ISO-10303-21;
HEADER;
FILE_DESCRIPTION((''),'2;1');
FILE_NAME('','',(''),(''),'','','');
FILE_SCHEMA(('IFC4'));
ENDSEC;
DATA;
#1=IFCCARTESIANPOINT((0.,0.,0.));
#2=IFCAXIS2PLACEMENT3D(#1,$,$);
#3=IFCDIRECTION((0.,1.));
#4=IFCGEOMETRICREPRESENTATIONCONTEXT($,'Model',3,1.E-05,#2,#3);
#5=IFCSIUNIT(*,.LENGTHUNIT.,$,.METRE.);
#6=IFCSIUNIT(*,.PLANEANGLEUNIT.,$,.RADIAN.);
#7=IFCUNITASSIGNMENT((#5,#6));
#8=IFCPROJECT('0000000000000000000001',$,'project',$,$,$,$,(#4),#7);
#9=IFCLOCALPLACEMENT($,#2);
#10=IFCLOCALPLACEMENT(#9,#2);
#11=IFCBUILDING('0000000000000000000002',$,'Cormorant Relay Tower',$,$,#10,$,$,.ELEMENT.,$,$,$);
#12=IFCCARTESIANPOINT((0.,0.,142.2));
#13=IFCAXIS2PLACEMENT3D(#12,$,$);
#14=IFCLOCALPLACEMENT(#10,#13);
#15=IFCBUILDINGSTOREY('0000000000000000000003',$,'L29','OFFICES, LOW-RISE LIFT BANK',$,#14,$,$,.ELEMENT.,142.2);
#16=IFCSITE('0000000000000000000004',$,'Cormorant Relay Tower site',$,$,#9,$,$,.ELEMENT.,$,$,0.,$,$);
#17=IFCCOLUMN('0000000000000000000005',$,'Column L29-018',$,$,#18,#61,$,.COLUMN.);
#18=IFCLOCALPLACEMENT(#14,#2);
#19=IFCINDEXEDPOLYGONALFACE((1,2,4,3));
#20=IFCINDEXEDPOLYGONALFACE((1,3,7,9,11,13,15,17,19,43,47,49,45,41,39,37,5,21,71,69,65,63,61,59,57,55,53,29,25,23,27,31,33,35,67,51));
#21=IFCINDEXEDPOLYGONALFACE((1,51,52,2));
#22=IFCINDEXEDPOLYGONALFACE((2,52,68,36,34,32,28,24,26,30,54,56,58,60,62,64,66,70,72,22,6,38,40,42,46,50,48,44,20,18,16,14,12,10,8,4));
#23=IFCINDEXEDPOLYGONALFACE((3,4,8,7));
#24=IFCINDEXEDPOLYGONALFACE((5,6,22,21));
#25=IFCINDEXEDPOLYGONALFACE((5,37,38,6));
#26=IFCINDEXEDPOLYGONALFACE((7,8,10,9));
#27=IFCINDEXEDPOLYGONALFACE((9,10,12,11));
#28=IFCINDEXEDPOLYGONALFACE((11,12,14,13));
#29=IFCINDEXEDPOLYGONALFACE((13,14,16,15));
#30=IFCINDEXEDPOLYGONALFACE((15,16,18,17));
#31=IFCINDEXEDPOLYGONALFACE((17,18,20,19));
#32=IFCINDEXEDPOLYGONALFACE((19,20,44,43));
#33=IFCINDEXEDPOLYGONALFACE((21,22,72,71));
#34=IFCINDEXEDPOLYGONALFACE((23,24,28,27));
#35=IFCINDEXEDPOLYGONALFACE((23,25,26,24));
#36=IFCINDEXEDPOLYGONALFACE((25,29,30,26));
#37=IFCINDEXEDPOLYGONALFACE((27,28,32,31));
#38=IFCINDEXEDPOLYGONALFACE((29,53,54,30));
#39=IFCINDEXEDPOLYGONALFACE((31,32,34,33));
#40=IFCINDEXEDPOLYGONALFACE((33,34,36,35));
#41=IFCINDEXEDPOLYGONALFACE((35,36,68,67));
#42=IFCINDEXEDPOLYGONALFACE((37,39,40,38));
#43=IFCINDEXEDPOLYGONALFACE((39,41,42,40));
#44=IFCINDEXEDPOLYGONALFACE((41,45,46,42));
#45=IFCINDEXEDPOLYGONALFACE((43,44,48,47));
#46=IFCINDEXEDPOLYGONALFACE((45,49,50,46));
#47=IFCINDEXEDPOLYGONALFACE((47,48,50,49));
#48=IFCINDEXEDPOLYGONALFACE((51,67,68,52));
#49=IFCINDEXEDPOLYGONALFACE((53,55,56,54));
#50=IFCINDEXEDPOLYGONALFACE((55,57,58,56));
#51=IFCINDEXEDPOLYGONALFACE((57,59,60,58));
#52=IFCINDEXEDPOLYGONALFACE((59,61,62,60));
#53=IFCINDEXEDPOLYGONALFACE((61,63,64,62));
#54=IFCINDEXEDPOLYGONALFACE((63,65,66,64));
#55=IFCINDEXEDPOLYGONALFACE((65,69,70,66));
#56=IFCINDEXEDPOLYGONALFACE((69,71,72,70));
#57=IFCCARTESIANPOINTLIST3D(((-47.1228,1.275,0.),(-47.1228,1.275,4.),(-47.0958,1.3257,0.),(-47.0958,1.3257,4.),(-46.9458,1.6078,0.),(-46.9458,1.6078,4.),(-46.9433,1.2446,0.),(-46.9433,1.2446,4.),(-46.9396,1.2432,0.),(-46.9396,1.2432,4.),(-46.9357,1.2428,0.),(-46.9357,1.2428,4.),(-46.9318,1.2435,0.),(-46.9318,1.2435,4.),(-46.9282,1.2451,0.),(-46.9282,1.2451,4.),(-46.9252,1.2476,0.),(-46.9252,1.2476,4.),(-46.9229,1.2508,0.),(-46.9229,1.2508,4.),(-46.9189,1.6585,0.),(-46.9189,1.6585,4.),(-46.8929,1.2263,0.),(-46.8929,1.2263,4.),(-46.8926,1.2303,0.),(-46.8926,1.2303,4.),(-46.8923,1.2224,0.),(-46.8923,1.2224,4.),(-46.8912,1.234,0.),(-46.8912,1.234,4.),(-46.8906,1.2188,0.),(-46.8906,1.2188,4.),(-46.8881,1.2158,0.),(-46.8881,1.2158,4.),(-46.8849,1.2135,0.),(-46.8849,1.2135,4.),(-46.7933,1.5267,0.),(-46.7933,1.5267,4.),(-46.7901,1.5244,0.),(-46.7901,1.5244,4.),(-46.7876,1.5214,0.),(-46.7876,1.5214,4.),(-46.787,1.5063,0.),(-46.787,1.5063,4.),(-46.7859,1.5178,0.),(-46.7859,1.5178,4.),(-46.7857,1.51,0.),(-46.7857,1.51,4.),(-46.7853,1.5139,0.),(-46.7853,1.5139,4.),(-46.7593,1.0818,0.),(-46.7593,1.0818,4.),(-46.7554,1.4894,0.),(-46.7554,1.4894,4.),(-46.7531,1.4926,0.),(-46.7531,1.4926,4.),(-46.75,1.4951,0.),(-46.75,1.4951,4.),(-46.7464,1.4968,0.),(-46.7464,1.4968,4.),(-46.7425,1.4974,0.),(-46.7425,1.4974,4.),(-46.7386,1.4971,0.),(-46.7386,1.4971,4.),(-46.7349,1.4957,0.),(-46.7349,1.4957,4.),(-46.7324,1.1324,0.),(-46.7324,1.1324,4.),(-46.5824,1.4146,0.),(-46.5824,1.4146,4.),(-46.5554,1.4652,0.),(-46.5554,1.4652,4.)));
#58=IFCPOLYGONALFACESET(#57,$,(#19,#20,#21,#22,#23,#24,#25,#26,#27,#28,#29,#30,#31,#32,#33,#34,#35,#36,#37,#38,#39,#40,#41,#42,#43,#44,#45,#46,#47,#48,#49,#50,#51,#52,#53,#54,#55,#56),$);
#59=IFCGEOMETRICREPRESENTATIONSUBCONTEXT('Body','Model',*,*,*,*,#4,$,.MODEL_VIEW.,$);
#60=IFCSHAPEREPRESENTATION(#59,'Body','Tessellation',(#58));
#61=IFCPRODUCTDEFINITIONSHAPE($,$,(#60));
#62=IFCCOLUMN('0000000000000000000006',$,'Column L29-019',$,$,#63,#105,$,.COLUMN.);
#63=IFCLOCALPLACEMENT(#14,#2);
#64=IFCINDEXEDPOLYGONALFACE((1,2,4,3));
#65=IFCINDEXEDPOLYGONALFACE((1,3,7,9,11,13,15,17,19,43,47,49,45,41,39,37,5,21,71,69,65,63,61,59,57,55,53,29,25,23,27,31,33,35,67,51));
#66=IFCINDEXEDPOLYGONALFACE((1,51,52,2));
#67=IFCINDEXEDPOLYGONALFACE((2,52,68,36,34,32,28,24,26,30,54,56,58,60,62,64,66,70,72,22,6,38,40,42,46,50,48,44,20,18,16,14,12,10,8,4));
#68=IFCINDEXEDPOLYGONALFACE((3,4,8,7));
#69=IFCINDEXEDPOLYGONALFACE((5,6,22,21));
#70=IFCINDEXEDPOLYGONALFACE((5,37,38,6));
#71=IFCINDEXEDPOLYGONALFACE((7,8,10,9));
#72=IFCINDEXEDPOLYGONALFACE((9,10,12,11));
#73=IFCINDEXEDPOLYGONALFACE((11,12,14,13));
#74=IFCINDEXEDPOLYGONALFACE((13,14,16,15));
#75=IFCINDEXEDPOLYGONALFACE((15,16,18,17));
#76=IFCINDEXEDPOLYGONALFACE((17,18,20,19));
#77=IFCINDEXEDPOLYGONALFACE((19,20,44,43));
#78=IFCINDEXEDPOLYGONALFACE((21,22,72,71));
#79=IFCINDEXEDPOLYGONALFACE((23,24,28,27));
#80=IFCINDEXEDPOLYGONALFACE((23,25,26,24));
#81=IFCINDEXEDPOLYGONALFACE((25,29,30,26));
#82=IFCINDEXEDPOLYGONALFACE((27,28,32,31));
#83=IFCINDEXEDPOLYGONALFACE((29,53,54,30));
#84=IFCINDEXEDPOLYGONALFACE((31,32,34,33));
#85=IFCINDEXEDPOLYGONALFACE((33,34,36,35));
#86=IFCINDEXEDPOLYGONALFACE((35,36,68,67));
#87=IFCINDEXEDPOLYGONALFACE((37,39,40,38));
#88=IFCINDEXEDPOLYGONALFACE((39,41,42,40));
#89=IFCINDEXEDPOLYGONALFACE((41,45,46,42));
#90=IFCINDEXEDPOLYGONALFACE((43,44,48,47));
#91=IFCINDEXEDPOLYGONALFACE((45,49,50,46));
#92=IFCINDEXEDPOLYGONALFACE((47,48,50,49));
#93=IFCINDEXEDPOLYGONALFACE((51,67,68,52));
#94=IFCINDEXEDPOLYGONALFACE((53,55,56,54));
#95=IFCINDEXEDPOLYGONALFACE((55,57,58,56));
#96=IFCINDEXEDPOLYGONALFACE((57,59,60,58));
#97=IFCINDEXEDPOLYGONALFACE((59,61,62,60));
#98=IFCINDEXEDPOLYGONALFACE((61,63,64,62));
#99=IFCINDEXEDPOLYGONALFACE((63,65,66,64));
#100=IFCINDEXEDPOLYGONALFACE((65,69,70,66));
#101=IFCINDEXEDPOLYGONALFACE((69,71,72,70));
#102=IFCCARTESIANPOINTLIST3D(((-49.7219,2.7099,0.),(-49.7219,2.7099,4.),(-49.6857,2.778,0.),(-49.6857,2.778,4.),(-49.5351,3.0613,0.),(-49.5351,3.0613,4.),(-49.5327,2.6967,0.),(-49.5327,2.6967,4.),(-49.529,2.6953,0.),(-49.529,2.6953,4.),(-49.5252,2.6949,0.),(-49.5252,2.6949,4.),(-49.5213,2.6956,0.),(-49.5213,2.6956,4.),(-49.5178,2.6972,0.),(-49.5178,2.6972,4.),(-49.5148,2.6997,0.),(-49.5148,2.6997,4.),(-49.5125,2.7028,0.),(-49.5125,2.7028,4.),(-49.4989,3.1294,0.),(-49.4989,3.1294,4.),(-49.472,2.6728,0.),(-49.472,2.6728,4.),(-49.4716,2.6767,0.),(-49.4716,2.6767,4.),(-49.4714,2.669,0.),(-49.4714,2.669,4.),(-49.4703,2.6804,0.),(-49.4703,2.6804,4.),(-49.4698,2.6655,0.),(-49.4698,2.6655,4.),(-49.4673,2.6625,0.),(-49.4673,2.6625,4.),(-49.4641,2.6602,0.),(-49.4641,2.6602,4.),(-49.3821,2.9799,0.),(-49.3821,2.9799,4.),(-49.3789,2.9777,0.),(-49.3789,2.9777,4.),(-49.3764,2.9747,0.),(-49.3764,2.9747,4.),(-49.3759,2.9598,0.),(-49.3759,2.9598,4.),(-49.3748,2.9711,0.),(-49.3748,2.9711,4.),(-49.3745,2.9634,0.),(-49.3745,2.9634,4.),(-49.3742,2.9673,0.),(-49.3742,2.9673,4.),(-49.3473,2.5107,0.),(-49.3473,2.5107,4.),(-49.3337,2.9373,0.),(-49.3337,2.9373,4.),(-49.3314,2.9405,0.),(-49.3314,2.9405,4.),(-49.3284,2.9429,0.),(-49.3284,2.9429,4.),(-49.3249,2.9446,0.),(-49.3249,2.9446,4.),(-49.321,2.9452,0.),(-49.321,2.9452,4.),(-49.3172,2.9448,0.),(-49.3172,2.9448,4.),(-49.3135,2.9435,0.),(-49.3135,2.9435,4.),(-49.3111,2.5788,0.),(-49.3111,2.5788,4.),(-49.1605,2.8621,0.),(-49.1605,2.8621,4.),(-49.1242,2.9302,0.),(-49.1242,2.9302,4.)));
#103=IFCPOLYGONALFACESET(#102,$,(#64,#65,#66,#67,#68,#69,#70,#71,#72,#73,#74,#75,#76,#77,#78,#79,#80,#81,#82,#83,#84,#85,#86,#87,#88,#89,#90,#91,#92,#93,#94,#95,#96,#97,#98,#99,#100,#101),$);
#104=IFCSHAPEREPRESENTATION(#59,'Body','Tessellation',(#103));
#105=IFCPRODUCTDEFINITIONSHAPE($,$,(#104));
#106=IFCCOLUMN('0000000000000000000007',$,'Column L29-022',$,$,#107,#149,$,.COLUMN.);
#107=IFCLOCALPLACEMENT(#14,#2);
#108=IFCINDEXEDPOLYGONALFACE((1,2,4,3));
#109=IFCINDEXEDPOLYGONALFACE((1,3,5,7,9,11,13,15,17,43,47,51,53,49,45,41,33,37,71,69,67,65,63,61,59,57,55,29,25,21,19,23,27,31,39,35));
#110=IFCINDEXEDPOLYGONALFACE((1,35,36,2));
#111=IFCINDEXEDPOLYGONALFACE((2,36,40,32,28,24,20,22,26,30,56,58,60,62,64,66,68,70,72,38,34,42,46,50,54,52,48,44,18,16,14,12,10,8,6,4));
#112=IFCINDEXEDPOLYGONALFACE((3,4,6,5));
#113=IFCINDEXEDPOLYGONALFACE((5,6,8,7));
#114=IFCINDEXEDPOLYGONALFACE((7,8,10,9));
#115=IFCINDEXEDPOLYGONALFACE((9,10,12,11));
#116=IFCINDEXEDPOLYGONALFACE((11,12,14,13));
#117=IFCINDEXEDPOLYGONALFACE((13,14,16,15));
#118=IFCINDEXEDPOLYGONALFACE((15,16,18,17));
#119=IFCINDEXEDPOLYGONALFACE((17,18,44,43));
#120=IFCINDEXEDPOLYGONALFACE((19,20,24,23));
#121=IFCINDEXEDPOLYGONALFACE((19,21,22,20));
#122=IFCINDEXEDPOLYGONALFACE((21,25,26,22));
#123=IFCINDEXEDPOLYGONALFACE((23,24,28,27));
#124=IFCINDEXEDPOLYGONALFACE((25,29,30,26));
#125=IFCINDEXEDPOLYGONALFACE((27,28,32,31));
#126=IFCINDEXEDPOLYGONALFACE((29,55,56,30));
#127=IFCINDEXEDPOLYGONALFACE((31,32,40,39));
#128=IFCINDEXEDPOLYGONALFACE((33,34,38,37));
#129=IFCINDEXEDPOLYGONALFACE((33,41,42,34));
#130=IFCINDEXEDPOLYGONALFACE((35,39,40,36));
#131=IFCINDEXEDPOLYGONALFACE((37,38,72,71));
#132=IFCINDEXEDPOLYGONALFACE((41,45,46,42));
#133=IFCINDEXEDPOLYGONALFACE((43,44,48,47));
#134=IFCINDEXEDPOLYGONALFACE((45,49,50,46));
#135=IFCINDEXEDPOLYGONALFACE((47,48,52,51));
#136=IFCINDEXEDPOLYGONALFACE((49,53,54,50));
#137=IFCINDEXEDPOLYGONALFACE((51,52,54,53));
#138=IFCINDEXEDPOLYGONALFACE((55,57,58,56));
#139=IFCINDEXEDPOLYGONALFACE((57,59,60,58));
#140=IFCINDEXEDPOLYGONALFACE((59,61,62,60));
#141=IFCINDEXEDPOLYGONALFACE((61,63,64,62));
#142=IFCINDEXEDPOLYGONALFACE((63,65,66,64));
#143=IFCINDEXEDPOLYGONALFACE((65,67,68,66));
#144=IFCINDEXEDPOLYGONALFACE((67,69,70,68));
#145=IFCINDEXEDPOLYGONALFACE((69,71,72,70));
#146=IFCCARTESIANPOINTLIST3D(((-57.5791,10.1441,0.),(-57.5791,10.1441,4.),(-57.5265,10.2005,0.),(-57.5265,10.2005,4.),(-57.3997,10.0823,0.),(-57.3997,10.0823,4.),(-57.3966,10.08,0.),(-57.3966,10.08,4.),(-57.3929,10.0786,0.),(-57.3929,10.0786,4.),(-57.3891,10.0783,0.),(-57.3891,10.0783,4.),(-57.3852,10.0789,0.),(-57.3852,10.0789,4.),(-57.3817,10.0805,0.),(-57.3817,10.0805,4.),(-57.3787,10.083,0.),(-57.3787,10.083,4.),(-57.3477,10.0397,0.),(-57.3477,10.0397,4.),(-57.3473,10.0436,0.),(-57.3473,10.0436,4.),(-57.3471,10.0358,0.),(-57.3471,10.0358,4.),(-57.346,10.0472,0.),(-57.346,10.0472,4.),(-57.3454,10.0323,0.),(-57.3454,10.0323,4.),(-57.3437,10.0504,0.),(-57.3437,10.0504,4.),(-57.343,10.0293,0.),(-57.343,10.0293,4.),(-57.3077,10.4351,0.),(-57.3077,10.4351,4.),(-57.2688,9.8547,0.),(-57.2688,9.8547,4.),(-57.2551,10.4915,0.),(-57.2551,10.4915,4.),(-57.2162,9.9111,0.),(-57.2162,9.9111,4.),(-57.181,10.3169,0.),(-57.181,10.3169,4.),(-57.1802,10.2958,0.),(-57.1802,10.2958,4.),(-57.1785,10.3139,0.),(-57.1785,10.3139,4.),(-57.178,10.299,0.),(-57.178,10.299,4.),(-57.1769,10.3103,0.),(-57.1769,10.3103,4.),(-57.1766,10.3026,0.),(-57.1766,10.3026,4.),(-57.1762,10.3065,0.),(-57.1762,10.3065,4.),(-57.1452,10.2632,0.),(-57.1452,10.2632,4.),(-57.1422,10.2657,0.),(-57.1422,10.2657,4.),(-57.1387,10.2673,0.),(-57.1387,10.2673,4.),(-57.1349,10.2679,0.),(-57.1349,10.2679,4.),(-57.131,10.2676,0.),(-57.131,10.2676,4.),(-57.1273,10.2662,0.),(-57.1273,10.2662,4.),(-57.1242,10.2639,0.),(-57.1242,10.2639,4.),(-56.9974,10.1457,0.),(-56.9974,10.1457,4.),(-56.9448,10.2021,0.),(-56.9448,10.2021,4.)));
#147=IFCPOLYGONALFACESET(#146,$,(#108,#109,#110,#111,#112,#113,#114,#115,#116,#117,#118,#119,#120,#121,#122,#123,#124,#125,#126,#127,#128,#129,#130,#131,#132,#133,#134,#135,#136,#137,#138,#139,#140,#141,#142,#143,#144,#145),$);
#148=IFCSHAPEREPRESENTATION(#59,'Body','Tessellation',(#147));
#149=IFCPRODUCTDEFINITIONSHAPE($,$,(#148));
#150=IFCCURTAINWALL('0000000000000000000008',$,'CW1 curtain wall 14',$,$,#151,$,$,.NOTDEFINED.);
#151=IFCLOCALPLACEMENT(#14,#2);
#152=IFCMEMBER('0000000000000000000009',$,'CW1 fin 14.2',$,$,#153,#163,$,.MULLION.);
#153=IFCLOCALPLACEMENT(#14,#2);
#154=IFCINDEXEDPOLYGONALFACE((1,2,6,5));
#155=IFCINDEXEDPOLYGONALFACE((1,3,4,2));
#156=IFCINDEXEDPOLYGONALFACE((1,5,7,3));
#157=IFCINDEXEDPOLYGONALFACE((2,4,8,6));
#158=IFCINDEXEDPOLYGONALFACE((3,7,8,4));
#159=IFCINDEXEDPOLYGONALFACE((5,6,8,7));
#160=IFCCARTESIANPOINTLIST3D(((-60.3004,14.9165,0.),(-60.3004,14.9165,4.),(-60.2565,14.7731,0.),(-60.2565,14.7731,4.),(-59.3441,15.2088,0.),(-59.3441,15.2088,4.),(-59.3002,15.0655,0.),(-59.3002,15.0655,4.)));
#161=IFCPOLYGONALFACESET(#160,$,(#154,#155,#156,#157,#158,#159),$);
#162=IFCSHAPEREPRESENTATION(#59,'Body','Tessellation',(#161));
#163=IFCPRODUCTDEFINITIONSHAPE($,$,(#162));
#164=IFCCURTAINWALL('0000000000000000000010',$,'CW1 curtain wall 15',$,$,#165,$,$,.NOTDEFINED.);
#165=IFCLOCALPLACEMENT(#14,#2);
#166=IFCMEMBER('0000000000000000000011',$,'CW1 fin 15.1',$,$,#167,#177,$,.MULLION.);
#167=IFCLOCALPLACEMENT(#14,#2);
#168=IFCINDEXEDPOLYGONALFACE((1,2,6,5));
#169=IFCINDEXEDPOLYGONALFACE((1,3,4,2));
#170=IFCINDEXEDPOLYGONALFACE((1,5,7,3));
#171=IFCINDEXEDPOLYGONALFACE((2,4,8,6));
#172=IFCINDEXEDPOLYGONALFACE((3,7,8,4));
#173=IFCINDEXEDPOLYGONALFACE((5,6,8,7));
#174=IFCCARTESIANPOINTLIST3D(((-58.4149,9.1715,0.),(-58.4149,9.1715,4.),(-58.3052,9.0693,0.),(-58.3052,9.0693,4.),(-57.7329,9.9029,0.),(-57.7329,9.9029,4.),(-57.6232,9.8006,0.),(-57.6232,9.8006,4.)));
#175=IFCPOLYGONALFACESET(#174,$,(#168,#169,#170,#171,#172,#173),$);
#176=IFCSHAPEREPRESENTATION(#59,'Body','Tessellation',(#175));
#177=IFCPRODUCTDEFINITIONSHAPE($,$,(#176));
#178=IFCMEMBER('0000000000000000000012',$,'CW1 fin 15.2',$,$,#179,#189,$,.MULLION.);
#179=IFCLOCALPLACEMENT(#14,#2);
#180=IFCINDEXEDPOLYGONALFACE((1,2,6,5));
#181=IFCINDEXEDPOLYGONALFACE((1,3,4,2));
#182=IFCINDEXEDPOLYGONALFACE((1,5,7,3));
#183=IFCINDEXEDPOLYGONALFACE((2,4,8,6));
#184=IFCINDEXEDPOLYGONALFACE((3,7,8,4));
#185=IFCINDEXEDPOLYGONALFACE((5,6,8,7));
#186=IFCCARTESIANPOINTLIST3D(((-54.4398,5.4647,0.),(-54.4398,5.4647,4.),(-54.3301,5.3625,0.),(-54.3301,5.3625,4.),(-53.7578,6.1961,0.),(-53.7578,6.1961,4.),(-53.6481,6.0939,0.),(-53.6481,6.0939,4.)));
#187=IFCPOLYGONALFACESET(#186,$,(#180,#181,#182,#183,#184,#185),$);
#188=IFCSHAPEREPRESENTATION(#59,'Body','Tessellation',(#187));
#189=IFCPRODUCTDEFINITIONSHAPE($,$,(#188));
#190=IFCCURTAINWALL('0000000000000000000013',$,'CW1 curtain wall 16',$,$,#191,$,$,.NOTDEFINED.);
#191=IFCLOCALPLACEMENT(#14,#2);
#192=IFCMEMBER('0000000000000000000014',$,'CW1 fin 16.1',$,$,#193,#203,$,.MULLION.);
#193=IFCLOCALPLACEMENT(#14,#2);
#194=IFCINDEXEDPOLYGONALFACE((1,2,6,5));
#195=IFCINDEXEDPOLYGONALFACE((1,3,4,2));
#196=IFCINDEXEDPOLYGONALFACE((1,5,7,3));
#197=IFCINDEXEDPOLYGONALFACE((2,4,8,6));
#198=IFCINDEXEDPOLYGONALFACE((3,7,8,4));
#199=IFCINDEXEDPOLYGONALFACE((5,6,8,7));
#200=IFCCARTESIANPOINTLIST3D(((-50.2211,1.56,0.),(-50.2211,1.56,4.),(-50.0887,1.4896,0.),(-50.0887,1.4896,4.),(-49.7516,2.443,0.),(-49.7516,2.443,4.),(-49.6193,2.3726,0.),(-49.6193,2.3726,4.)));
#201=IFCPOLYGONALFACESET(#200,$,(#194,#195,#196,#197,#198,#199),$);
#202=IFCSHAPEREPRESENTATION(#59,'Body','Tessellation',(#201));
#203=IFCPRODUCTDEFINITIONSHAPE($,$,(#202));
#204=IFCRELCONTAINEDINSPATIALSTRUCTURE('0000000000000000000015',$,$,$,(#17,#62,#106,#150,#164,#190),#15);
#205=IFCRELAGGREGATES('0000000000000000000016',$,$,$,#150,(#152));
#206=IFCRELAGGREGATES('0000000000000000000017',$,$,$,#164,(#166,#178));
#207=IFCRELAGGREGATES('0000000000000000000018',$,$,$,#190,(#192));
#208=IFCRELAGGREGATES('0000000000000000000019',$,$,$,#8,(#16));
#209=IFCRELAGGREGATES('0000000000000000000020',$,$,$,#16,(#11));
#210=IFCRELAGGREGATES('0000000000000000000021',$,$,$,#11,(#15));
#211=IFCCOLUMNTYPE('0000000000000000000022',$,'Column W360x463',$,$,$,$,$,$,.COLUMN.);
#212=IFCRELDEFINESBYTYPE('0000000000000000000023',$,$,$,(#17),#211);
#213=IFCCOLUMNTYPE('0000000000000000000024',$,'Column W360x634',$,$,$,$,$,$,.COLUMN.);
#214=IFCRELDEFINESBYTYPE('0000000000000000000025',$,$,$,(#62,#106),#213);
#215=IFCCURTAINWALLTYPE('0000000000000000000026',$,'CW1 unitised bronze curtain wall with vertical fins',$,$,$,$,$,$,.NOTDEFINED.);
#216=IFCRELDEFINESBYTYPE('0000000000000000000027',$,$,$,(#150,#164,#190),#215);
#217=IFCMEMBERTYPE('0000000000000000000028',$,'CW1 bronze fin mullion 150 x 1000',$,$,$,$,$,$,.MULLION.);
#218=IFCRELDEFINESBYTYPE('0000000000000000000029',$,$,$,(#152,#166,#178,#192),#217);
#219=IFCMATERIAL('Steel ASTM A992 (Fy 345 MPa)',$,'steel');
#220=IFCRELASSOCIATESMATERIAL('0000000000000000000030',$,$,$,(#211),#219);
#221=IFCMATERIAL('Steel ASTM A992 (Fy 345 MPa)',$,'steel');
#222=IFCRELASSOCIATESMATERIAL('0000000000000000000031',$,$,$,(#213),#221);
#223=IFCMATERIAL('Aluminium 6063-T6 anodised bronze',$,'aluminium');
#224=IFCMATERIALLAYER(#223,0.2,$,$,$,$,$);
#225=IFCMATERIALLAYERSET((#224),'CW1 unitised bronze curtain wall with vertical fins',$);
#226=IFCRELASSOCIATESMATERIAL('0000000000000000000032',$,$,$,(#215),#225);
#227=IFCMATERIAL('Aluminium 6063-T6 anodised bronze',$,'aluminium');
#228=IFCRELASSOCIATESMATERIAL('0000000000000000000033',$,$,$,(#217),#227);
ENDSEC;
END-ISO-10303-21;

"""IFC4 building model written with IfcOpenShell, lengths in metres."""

from ifc_helpers import new_model, si_unit, direction, frame, origin, origin_2d, place, context, subcontext, project, spatial, rectangle, i_section, extrude, material, layer, layer_set, material_profile, profile_set, type_object, element, aggregate, save


model = new_model("IFC4")

# Units and contexts
model_context = context("Model", 3, precision=1e-05, world=origin(), true_north=direction((0.0, 1.0)))
body_context = subcontext(model_context, "Body", "Model", "MODEL_VIEW")
ifc_project = project(units=[si_unit("LENGTHUNIT", "METRE"), si_unit("PLANEANGLEUNIT", "RADIAN")], contexts=[model_context])

# Site, building, storey
site_placement = place(None, origin())
site = spatial("IfcSite", under=ifc_project, at=site_placement, Name="Cormorant Relay Tower site", CompositionType="ELEMENT", RefElevation=0.0)
building_placement = place(site_placement, origin())
building = spatial("IfcBuilding", under=site, at=building_placement, Name="Cormorant Relay Tower", CompositionType="ELEMENT")
storey_placement = place(building_placement, frame((0.0, 0.0, 142.2)))
storey = spatial("IfcBuildingStorey", under=building, at=storey_placement, Name="L29", Description="OFFICES, LOW-RISE LIFT BANK", CompositionType="ELEMENT", Elevation=142.2)

# Columns
ifc_material_1 = material(Name="Steel ASTM A992 (Fy 345 MPa)", Category="steel")
ifc_material_profile_1 = material_profile(ifc_material_1, i_section(OverallWidth=0.4116, OverallDepth=0.4343, WebThickness=0.0359, FlangeThickness=0.0574, FilletRadius=0.0151, at=origin_2d()), Name="W360x463")
ifc_profile_set_1 = profile_set([ifc_material_profile_1], Name="Steel ASTM A992 (Fy 345 MPa)")
column_type_1 = type_object("IfcColumnType", Name="Column W360x463", PredefinedType="COLUMN", material=ifc_profile_set_1)
column_placement = place(storey_placement, frame((-46.8391, 1.3701, 0.0), z_axis=(0.0, 0.0, 1.0), x_axis=(0.882948, -0.469472, 0.0)))
element("IfcColumn", 1, at=column_placement, inside=storey, type_object=column_type_1, Name="Column L29-018", PredefinedType="COLUMN", context=body_context, shape_type="SweptSolid", body=[
    extrude(i_section(OverallWidth=0.4116, OverallDepth=0.4343, WebThickness=0.0359, FlangeThickness=0.0574, FilletRadius=0.0151, at=origin_2d()), origin(), (0.0, 0.0, 1.0), 4.0),
])
ifc_material_2 = material(Name="Steel ASTM A992 (Fy 345 MPa)", Category="steel")
ifc_material_profile_2 = material_profile(ifc_material_2, i_section(OverallWidth=0.4243, OverallDepth=0.4751, WebThickness=0.0479, FlangeThickness=0.0771, FilletRadius=0.0149, at=origin_2d()), Name="W360x634")
ifc_profile_set_2 = profile_set([ifc_material_profile_2], Name="Steel ASTM A992 (Fy 345 MPa)")
column_type_2 = type_object("IfcColumnType", Name="Column W360x634", PredefinedType="COLUMN", material=ifc_profile_set_2)
for number, where, z_axis, x_axis, name in (
    (2, (-49.4231, 2.8201, 0.0), (0.0, 0.0, 1.0), (0.882948, -0.469472, 0.0), "Column L29-019"),
    (3, (-57.262, 10.1731, 0.0), (0.0, 0.0, 1.0), (0.731354, -0.681998, 0.0), "Column L29-022"),
):
    element("IfcColumn", number, at=place(storey_placement, frame(where, z_axis=z_axis, x_axis=x_axis)), inside=storey, type_object=column_type_2, Name=name, PredefinedType="COLUMN", context=body_context, shape_type="SweptSolid", body=[
        extrude(i_section(OverallWidth=0.4243, OverallDepth=0.4751, WebThickness=0.0479, FlangeThickness=0.0771, FilletRadius=0.0149, at=origin_2d()), origin(), (0.0, 0.0, 1.0), 4.0),
    ])

# Curtain wall, member
ifc_material_3 = material(Name="Aluminium 6063-T6 anodised bronze", Category="aluminium")
ifc_layer_1 = layer(ifc_material_3, 0.2)
ifc_layer_set_1 = layer_set([ifc_layer_1], Name="CW1 unitised bronze curtain wall with vertical fins")
curtain_wall_type = type_object("IfcCurtainWallType", Name="CW1 unitised bronze curtain wall with vertical fins", PredefinedType="NOTDEFINED", material=ifc_layer_set_1)
curtain_wall_1_placement = place(storey_placement, origin())
curtain_wall_1 = element("IfcCurtainWall", 4, at=curtain_wall_1_placement, inside=storey, type_object=curtain_wall_type, Name="CW1 curtain wall 14", PredefinedType="NOTDEFINED")
ifc_material_4 = material(Name="Aluminium 6063-T6 anodised bronze", Category="aluminium")
ifc_material_profile_3 = material_profile(ifc_material_4, rectangle(XDim=0.1499, YDim=1.0, at=origin_2d()), Name="AL 150x1000")
ifc_profile_set_3 = profile_set([ifc_material_profile_3], Name="Aluminium 6063-T6 anodised bronze")
member_type_1 = type_object("IfcMemberType", Name="CW1 bronze fin mullion 150 x 1000", PredefinedType="MULLION", material=ifc_profile_set_3)
member_1_placement = place(storey_placement, frame((-59.8003, 14.991, 0.0), z_axis=(0.0, 0.0, 1.0), x_axis=(0.292372, -0.956305, 0.0)))
member_1 = element("IfcMember", 5, at=member_1_placement, type_object=member_type_1, Name="CW1 fin 14.2", PredefinedType="MULLION", context=body_context, shape_type="SweptSolid", body=[
    extrude(rectangle(XDim=0.1499, YDim=1.0, at=origin_2d()), origin(), (0.0, 0.0, 1.0), 4.0),
])

# Curtain wall, members
curtain_wall_2_placement = place(storey_placement, origin())
curtain_wall_2 = element("IfcCurtainWall", 6, at=curtain_wall_2_placement, inside=storey, type_object=curtain_wall_type, Name="CW1 curtain wall 15", PredefinedType="NOTDEFINED")
member_2_placement = place(storey_placement, frame((-58.019, 9.4861, 0.0), z_axis=(0.0, 0.0, 1.0), x_axis=(0.731354, -0.681998, 0.0)))
member_2 = element("IfcMember", 7, at=member_2_placement, type_object=member_type_1, Name="CW1 fin 15.1", PredefinedType="MULLION", context=body_context, shape_type="SweptSolid", body=[
    extrude(rectangle(XDim=0.1499, YDim=1.0, at=origin_2d()), origin(), (0.0, 0.0, 1.0), 4.0),
])
member_3_placement = place(storey_placement, frame((-54.0439, 5.7793, 0.0), z_axis=(0.0, 0.0, 1.0), x_axis=(0.731354, -0.681998, 0.0)))
member_3 = element("IfcMember", 8, at=member_3_placement, type_object=member_type_1, Name="CW1 fin 15.2", PredefinedType="MULLION", context=body_context, shape_type="SweptSolid", body=[
    extrude(rectangle(XDim=0.1499, YDim=1.0, at=origin_2d()), origin(), (0.0, 0.0, 1.0), 4.0),
])

# Curtain wall, member
curtain_wall_3_placement = place(storey_placement, origin())
curtain_wall_3 = element("IfcCurtainWall", 9, at=curtain_wall_3_placement, inside=storey, type_object=curtain_wall_type, Name="CW1 curtain wall 16", PredefinedType="NOTDEFINED")
member_4_placement = place(storey_placement, frame((-49.9202, 1.9663, 0.0), z_axis=(0.0, 0.0, 1.0), x_axis=(0.882948, -0.469472, 0.0)))
member_4 = element("IfcMember", 10, at=member_4_placement, type_object=member_type_1, Name="CW1 fin 16.1", PredefinedType="MULLION", context=body_context, shape_type="SweptSolid", body=[
    extrude(rectangle(XDim=0.1499, YDim=1.0, at=origin_2d()), origin(), (0.0, 0.0, 1.0), 4.0),
])

aggregate(curtain_wall_1, [member_1])

aggregate(curtain_wall_2, [member_2, member_3])
aggregate(curtain_wall_3, [member_4])

save(model, "model.ifc")
